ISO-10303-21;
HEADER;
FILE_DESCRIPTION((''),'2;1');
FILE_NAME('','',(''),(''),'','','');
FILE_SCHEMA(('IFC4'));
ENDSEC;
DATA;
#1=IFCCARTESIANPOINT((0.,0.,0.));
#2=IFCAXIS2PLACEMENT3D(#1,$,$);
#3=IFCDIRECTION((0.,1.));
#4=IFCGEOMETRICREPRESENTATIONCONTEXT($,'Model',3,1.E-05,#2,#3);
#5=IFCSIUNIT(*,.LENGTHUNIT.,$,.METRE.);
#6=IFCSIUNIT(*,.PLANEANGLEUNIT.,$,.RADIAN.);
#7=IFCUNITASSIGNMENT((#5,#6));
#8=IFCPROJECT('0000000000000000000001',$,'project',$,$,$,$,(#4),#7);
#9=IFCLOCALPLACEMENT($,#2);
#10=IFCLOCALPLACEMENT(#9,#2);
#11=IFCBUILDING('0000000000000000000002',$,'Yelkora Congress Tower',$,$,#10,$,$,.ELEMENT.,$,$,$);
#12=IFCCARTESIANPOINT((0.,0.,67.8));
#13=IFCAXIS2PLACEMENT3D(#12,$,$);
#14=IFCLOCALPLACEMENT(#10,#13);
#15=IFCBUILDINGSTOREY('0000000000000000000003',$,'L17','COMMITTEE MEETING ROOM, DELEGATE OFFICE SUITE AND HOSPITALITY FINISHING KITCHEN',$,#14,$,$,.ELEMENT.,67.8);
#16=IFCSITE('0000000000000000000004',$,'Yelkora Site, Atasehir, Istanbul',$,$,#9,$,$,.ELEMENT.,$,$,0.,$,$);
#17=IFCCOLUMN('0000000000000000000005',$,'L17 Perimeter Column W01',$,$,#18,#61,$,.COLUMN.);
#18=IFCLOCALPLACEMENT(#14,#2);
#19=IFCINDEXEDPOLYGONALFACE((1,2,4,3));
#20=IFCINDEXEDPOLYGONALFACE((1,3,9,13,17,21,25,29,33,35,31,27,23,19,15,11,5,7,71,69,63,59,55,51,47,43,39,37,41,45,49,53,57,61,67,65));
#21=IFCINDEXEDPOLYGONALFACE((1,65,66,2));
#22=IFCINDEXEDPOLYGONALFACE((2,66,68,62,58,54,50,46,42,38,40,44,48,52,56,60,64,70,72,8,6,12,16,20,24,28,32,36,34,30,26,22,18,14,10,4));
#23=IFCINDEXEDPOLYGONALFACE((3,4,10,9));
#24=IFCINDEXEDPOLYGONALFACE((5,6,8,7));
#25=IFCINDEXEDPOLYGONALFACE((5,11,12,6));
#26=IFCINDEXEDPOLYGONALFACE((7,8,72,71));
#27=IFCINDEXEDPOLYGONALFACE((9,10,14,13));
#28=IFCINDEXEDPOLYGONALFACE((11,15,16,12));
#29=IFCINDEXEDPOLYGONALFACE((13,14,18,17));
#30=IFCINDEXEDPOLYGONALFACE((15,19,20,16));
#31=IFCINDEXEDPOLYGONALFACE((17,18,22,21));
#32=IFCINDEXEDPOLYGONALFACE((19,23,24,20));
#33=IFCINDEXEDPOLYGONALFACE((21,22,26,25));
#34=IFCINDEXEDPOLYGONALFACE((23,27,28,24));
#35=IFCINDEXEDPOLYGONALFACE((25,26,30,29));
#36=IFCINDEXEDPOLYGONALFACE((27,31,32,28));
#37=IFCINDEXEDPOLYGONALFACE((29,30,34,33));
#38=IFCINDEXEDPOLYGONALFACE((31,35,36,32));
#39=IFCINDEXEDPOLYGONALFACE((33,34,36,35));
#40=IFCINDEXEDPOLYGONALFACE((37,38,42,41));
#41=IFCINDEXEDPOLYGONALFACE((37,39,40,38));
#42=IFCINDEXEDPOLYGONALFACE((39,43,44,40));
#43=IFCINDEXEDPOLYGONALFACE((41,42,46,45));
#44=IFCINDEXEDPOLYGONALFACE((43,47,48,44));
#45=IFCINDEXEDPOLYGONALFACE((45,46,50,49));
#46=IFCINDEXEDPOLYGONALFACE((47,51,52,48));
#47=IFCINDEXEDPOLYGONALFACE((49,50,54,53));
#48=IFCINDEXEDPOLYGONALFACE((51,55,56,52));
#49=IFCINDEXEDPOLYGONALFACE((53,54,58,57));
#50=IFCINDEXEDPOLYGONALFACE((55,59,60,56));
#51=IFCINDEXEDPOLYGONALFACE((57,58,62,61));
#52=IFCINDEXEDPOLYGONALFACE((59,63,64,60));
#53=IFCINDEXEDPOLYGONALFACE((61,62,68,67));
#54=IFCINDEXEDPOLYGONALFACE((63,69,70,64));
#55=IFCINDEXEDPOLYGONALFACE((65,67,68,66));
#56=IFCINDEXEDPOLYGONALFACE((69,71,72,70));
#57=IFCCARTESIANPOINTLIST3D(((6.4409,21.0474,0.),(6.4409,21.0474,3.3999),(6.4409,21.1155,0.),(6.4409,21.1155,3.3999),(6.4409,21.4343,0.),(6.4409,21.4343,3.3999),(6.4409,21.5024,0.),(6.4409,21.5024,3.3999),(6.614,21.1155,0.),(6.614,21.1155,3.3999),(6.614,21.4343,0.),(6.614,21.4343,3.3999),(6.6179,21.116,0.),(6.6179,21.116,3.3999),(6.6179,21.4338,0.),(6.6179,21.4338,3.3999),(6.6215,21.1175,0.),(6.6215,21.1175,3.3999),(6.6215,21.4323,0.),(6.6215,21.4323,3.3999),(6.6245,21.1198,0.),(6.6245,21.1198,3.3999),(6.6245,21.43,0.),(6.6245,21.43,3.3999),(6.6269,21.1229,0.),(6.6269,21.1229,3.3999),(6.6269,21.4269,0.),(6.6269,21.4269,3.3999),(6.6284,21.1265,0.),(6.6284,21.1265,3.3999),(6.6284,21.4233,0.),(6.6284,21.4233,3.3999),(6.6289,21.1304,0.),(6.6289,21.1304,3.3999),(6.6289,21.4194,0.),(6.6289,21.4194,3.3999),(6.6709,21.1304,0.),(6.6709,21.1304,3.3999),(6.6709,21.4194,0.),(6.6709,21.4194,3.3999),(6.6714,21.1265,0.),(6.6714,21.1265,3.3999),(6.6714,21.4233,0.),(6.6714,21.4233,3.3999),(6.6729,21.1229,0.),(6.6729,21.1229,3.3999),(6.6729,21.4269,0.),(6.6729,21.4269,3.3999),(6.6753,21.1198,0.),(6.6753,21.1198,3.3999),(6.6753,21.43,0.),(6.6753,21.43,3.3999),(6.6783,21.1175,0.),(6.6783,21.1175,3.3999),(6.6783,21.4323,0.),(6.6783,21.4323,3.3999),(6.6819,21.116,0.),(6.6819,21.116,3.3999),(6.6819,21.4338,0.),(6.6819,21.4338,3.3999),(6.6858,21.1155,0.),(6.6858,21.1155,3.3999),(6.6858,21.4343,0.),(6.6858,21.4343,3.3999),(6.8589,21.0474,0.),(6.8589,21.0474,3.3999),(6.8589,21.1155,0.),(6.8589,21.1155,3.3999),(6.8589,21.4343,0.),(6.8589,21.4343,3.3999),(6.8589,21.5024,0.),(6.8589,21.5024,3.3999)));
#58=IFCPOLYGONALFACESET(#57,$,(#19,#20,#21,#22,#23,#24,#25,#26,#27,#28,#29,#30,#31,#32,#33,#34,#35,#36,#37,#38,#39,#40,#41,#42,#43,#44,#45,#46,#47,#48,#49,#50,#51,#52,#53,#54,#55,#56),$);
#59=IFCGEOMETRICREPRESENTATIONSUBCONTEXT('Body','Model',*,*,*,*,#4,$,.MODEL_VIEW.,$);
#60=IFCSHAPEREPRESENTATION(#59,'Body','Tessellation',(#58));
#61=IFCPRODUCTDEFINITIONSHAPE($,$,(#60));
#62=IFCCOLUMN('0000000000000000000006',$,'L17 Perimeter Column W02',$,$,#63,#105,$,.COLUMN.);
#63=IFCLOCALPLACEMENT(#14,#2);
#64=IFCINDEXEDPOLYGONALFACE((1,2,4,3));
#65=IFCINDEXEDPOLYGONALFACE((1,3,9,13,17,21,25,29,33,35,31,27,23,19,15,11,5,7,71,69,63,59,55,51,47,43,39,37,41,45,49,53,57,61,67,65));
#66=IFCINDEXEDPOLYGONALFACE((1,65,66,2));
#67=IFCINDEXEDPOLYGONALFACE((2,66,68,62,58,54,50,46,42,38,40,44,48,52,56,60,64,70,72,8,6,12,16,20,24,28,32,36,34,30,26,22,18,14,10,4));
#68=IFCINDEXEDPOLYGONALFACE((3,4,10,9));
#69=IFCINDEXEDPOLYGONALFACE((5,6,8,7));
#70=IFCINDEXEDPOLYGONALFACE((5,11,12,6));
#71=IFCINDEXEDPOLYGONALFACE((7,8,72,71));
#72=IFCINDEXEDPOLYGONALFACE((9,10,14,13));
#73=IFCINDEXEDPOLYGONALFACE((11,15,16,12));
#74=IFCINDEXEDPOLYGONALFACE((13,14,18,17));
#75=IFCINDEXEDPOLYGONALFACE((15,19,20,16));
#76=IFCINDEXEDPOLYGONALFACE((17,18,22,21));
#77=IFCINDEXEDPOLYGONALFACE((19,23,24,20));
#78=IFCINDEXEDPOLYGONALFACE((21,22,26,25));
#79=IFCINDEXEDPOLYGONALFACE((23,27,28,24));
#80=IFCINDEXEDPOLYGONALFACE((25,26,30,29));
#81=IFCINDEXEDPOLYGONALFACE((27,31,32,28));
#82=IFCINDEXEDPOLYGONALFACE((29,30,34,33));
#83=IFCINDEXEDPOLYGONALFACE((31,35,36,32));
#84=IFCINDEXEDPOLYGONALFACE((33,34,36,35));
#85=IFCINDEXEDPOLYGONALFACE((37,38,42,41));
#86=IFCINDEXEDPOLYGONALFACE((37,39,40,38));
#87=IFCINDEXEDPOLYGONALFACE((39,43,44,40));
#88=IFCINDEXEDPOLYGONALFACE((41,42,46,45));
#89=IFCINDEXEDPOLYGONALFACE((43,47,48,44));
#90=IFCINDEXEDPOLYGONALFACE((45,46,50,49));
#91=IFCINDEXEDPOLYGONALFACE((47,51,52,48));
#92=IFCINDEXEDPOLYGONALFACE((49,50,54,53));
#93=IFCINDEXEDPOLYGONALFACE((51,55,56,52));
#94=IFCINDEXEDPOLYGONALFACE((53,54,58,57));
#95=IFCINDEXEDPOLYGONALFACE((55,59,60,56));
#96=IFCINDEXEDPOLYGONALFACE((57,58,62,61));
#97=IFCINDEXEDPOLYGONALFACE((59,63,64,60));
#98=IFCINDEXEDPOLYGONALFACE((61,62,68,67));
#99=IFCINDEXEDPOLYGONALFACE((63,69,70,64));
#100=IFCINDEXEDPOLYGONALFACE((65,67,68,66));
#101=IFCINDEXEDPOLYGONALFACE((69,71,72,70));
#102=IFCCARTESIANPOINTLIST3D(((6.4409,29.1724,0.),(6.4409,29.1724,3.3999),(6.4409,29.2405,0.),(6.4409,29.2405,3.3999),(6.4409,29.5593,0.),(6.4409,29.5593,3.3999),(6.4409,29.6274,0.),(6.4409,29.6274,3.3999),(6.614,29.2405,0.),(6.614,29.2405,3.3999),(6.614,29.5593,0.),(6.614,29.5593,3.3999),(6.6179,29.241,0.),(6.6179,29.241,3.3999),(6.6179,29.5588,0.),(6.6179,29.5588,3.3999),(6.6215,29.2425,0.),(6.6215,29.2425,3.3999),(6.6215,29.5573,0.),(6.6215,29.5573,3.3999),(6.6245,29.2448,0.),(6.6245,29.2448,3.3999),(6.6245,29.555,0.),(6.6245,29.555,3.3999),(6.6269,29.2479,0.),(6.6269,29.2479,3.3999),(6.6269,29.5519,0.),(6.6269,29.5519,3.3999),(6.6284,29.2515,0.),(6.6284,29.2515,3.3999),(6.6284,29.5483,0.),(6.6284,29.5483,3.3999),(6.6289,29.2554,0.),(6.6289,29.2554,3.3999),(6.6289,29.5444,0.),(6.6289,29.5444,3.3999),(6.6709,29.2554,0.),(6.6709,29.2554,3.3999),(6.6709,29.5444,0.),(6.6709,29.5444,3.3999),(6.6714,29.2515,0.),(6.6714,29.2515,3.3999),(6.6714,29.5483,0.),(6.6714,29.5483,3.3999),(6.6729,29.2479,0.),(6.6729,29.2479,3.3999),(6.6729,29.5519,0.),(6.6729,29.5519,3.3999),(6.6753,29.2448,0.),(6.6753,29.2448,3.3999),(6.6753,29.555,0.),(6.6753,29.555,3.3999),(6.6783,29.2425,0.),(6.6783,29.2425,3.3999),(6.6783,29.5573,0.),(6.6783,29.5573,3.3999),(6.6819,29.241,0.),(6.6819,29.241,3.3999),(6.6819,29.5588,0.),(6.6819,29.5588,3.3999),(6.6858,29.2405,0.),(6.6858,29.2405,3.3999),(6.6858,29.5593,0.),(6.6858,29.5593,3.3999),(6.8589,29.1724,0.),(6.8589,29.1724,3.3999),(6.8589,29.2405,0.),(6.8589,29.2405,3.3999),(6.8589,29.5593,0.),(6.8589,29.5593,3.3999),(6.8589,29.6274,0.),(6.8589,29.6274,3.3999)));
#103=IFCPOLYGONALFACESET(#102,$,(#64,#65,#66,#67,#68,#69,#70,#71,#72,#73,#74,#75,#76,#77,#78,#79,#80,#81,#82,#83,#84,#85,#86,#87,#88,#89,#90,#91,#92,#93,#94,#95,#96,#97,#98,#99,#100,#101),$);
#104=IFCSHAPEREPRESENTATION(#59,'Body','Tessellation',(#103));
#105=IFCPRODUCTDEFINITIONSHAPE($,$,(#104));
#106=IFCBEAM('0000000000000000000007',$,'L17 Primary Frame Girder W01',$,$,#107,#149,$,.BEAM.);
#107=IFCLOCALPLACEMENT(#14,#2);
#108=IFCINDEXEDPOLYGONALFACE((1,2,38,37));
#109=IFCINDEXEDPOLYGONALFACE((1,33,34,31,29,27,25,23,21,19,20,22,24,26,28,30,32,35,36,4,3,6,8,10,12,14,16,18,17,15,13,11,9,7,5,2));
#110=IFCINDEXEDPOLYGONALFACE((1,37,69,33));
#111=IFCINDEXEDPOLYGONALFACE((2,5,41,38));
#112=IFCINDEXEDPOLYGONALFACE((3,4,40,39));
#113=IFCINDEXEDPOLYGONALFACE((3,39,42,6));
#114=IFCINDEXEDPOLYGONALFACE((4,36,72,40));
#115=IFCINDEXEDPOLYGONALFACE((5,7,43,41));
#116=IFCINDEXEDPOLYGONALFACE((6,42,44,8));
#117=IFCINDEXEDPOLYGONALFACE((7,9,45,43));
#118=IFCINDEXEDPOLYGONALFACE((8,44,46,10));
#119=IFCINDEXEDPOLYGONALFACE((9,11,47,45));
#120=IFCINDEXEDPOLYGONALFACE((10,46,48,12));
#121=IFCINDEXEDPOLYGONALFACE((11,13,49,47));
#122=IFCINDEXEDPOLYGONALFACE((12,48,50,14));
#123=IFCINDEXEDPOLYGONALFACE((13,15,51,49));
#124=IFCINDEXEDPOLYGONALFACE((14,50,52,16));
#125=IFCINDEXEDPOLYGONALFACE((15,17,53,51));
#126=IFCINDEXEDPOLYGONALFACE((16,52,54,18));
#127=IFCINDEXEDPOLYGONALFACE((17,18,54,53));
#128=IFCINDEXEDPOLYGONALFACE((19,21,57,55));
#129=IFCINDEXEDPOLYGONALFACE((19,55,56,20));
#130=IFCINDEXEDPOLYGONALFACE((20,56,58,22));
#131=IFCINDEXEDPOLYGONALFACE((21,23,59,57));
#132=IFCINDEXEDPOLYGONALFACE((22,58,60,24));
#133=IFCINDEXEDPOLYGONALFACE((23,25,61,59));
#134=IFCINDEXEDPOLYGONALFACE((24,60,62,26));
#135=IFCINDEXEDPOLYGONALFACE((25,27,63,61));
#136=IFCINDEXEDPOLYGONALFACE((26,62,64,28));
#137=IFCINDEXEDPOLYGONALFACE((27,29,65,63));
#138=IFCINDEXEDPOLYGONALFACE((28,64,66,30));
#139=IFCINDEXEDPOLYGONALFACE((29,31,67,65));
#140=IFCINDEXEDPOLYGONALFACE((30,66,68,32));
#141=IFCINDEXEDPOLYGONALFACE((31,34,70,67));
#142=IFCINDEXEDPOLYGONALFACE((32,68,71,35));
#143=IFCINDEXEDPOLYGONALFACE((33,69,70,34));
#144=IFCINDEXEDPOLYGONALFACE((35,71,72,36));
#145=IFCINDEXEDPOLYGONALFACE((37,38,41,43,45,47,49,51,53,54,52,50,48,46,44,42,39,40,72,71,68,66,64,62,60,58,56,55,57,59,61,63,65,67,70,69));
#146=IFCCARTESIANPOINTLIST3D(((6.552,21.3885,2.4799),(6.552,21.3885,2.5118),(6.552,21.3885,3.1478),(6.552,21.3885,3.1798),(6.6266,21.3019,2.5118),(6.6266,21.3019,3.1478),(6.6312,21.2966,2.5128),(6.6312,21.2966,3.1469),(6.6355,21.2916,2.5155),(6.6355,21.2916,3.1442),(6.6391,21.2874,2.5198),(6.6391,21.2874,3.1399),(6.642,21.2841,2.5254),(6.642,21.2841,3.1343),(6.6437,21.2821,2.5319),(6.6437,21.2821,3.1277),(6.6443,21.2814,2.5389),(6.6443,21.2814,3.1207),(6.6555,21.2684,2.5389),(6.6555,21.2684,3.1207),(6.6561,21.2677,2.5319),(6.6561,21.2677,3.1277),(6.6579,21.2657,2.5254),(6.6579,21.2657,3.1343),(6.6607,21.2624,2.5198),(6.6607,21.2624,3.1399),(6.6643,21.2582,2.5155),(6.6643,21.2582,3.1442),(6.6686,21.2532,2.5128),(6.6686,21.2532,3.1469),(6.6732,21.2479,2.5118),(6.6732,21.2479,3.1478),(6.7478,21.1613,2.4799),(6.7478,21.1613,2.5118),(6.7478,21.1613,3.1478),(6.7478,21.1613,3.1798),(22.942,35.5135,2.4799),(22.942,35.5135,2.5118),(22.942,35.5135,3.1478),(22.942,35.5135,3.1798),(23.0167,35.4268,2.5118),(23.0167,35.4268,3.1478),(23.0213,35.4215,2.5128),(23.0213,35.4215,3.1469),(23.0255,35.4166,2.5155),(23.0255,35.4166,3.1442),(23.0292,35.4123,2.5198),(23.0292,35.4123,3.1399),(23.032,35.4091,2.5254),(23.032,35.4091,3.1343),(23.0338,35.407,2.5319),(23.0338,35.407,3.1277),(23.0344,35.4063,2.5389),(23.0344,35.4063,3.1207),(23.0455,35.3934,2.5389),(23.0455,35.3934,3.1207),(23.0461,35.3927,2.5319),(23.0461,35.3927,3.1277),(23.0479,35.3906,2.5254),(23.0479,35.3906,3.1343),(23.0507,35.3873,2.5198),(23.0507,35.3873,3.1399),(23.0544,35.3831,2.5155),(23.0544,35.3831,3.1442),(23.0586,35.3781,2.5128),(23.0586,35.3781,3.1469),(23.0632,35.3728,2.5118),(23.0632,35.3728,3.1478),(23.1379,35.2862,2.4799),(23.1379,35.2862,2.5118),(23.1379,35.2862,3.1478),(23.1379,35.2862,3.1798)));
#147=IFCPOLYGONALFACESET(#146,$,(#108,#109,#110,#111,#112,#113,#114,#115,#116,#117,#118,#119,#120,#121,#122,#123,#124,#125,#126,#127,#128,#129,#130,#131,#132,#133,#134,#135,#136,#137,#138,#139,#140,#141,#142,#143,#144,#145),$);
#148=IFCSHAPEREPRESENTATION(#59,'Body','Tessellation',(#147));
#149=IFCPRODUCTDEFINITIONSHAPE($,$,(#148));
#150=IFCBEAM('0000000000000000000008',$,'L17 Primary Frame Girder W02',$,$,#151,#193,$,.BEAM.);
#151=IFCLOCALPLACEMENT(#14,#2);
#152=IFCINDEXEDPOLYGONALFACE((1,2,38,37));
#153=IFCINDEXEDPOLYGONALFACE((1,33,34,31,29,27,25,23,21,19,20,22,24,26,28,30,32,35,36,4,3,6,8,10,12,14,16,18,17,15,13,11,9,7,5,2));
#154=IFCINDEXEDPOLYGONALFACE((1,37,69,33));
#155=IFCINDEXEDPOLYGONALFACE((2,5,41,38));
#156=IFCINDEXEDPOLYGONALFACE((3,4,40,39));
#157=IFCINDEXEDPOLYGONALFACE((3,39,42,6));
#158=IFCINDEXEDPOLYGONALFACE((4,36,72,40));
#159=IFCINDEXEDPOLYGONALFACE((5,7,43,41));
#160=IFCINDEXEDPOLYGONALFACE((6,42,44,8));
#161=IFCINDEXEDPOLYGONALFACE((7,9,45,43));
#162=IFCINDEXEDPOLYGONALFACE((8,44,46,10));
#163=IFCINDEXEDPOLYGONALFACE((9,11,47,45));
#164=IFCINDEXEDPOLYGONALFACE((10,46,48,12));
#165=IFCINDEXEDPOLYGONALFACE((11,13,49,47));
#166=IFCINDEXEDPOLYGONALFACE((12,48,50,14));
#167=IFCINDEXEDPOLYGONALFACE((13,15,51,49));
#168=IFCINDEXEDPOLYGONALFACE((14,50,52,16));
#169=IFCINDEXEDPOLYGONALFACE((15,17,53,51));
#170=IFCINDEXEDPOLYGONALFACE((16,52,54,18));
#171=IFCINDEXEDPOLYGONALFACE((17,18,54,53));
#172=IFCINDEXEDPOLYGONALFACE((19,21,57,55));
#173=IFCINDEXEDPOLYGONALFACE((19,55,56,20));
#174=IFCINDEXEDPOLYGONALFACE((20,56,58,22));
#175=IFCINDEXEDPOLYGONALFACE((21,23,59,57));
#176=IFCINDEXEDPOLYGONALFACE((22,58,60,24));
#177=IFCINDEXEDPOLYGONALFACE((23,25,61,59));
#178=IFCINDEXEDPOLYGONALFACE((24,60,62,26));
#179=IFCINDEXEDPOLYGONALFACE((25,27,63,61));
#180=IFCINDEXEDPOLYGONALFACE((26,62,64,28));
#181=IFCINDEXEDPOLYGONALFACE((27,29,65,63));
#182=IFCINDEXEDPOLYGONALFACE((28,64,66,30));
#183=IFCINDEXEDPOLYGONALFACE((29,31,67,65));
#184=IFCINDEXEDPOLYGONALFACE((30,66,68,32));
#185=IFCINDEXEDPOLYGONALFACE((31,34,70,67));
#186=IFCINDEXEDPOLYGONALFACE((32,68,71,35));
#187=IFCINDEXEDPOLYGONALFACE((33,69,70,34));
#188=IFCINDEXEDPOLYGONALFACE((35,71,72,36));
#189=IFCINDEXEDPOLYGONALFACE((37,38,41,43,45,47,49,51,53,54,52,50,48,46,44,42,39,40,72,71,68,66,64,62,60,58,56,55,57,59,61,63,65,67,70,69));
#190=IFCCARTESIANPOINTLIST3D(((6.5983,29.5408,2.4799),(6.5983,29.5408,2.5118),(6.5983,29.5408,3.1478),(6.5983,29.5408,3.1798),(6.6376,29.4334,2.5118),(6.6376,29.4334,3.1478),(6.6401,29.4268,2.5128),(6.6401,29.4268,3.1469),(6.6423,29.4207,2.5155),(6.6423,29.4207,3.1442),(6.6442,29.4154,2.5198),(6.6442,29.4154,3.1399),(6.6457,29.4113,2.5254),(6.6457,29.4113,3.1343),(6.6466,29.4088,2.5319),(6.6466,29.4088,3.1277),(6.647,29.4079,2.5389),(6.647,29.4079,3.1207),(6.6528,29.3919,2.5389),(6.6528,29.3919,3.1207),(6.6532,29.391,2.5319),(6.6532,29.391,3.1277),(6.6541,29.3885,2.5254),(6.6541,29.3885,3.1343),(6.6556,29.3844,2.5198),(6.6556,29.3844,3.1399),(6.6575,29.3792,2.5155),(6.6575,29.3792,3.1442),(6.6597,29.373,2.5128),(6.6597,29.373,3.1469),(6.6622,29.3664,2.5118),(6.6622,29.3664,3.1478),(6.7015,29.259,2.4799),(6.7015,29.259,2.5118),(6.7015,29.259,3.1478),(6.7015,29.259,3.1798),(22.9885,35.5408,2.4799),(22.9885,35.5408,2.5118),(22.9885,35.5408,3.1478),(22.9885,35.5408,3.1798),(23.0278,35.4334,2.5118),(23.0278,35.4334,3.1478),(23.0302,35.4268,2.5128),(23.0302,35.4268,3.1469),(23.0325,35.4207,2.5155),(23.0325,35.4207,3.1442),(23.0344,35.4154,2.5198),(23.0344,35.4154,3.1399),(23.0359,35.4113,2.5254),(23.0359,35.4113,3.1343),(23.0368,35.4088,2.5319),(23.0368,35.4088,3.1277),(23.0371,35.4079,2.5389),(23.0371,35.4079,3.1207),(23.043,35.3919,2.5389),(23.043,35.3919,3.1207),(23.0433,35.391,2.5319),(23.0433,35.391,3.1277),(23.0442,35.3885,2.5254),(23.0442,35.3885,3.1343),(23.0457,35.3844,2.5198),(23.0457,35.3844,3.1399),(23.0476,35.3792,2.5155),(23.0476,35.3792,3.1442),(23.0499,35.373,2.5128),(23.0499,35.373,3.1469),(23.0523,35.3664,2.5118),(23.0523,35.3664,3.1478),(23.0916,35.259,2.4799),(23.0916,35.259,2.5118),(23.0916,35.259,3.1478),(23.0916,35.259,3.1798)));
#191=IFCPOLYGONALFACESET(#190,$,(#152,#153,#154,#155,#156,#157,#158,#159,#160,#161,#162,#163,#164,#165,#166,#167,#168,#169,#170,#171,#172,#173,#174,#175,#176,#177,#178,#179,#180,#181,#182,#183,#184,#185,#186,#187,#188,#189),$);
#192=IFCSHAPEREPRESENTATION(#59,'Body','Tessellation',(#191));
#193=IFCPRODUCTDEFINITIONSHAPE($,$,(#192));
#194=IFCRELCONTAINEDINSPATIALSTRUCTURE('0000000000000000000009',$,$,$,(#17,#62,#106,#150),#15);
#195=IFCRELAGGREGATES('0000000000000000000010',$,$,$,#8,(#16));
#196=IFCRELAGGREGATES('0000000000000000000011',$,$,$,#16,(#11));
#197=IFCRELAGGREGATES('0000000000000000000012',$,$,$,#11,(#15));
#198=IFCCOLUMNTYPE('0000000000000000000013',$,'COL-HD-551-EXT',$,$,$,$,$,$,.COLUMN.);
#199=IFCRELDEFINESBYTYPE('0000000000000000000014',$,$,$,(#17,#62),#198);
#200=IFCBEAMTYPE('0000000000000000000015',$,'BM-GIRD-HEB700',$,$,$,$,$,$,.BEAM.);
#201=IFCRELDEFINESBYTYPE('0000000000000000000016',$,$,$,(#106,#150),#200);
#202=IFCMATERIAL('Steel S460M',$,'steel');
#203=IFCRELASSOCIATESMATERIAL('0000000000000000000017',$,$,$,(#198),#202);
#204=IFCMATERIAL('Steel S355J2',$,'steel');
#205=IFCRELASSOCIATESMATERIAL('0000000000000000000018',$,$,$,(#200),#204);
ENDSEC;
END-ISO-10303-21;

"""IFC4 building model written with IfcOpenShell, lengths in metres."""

from ifc_helpers import new_model, si_unit, direction, frame, origin, origin_2d, place, context, subcontext, project, spatial, i_section, extrude, material, material_profile, profile_set, type_object, element, save


model = new_model("IFC4")

# Units and contexts
model_context = context("Model", 3, precision=1e-05, world=origin(), true_north=direction((0.0, 1.0)))
body_context = subcontext(model_context, "Body", "Model", "MODEL_VIEW")
ifc_project = project(units=[si_unit("LENGTHUNIT", "METRE"), si_unit("PLANEANGLEUNIT", "RADIAN")], contexts=[model_context])

# Site, building, storey
site_placement = place(None, origin())
site = spatial("IfcSite", under=ifc_project, at=site_placement, Name="Yelkora Site, Atasehir, Istanbul", CompositionType="ELEMENT", RefElevation=0.0)
building_placement = place(site_placement, origin())
building = spatial("IfcBuilding", under=site, at=building_placement, Name="Yelkora Congress Tower", CompositionType="ELEMENT")
storey_placement = place(building_placement, frame((0.0, 0.0, 67.8)))
storey = spatial("IfcBuildingStorey", under=building, at=storey_placement, Name="L17", Description="COMMITTEE MEETING ROOM, DELEGATE OFFICE SUITE AND HOSPITALITY FINISHING KITCHEN", CompositionType="ELEMENT", Elevation=67.8)

# Columns
ifc_material_1 = material(Name="Steel S460M", Category="steel")
ifc_material_profile_1 = material_profile(ifc_material_1, i_section(OverallWidth=0.418, OverallDepth=0.4551, WebThickness=0.042, FlangeThickness=0.0681, FilletRadius=0.0149, at=origin_2d()), Name="HD 400x551")
ifc_profile_set_1 = profile_set([ifc_material_profile_1], Name="Steel S460M")
column_type = type_object("IfcColumnType", Name="COL-HD-551-EXT", PredefinedType="COLUMN", material=ifc_profile_set_1)
for number, where, z_axis, x_axis, name in (
    (1, (6.6499, 21.2749, 0.0), (0.0, 0.0, 1.0), (1.0, 0.0, 0.0), "L17 Perimeter Column W01"),
    (2, (6.6499, 29.3999, 0.0), (0.0, 0.0, 1.0), (1.0, 0.0, 0.0), "L17 Perimeter Column W02"),
):
    element("IfcColumn", number, at=place(storey_placement, frame(where, z_axis=z_axis, x_axis=x_axis)), inside=storey, type_object=column_type, Name=name, PredefinedType="COLUMN", context=body_context, shape_type="SweptSolid", body=[
        extrude(i_section(OverallWidth=0.418, OverallDepth=0.4551, WebThickness=0.042, FlangeThickness=0.0681, FilletRadius=0.0149, at=origin_2d()), origin(), (0.0, 0.0, 1.0), 3.3999),
    ])

# Beams
ifc_material_2 = material(Name="Steel S355J2", Category="steel")
ifc_material_profile_2 = material_profile(ifc_material_2, i_section(OverallWidth=0.3, OverallDepth=0.7, WebThickness=0.0171, FlangeThickness=0.032, FilletRadius=0.0271, at=origin_2d()), Name="HEB 700")
ifc_profile_set_2 = profile_set([ifc_material_profile_2], Name="Steel S355J2")
beam_type_1 = type_object("IfcBeamType", Name="BM-GIRD-HEB700", PredefinedType="BEAM", material=ifc_profile_set_2)
beam_1_placement = place(storey_placement, frame((6.6499, 21.2749, 2.8298), z_axis=(0.757511, 0.652822, 0.0), x_axis=(-0.652822, 0.757511, 0.0)))
element("IfcBeam", 3, at=beam_1_placement, inside=storey, type_object=beam_type_1, Name="L17 Primary Frame Girder W01", PredefinedType="BEAM", context=body_context, shape_type="SweptSolid", body=[
    extrude(i_section(OverallWidth=0.3, OverallDepth=0.7, WebThickness=0.0171, FlangeThickness=0.032, FilletRadius=0.0271, at=origin_2d()), origin(), (0.0, 0.0, 1.0), 21.6367),
])
beam_2_placement = place(storey_placement, frame((6.6499, 29.3999, 2.8298), z_axis=(0.939056, 0.343764, 0.0), x_axis=(-0.343764, 0.939056, 0.0)))
element("IfcBeam", 4, at=beam_2_placement, inside=storey, type_object=beam_type_1, Name="L17 Primary Frame Girder W02", PredefinedType="BEAM", context=body_context, shape_type="SweptSolid", body=[
    extrude(i_section(OverallWidth=0.3, OverallDepth=0.7, WebThickness=0.0171, FlangeThickness=0.032, FilletRadius=0.0271, at=origin_2d()), origin(), (0.0, 0.0, 1.0), 17.4539),
])

save(model, "model.ifc")
